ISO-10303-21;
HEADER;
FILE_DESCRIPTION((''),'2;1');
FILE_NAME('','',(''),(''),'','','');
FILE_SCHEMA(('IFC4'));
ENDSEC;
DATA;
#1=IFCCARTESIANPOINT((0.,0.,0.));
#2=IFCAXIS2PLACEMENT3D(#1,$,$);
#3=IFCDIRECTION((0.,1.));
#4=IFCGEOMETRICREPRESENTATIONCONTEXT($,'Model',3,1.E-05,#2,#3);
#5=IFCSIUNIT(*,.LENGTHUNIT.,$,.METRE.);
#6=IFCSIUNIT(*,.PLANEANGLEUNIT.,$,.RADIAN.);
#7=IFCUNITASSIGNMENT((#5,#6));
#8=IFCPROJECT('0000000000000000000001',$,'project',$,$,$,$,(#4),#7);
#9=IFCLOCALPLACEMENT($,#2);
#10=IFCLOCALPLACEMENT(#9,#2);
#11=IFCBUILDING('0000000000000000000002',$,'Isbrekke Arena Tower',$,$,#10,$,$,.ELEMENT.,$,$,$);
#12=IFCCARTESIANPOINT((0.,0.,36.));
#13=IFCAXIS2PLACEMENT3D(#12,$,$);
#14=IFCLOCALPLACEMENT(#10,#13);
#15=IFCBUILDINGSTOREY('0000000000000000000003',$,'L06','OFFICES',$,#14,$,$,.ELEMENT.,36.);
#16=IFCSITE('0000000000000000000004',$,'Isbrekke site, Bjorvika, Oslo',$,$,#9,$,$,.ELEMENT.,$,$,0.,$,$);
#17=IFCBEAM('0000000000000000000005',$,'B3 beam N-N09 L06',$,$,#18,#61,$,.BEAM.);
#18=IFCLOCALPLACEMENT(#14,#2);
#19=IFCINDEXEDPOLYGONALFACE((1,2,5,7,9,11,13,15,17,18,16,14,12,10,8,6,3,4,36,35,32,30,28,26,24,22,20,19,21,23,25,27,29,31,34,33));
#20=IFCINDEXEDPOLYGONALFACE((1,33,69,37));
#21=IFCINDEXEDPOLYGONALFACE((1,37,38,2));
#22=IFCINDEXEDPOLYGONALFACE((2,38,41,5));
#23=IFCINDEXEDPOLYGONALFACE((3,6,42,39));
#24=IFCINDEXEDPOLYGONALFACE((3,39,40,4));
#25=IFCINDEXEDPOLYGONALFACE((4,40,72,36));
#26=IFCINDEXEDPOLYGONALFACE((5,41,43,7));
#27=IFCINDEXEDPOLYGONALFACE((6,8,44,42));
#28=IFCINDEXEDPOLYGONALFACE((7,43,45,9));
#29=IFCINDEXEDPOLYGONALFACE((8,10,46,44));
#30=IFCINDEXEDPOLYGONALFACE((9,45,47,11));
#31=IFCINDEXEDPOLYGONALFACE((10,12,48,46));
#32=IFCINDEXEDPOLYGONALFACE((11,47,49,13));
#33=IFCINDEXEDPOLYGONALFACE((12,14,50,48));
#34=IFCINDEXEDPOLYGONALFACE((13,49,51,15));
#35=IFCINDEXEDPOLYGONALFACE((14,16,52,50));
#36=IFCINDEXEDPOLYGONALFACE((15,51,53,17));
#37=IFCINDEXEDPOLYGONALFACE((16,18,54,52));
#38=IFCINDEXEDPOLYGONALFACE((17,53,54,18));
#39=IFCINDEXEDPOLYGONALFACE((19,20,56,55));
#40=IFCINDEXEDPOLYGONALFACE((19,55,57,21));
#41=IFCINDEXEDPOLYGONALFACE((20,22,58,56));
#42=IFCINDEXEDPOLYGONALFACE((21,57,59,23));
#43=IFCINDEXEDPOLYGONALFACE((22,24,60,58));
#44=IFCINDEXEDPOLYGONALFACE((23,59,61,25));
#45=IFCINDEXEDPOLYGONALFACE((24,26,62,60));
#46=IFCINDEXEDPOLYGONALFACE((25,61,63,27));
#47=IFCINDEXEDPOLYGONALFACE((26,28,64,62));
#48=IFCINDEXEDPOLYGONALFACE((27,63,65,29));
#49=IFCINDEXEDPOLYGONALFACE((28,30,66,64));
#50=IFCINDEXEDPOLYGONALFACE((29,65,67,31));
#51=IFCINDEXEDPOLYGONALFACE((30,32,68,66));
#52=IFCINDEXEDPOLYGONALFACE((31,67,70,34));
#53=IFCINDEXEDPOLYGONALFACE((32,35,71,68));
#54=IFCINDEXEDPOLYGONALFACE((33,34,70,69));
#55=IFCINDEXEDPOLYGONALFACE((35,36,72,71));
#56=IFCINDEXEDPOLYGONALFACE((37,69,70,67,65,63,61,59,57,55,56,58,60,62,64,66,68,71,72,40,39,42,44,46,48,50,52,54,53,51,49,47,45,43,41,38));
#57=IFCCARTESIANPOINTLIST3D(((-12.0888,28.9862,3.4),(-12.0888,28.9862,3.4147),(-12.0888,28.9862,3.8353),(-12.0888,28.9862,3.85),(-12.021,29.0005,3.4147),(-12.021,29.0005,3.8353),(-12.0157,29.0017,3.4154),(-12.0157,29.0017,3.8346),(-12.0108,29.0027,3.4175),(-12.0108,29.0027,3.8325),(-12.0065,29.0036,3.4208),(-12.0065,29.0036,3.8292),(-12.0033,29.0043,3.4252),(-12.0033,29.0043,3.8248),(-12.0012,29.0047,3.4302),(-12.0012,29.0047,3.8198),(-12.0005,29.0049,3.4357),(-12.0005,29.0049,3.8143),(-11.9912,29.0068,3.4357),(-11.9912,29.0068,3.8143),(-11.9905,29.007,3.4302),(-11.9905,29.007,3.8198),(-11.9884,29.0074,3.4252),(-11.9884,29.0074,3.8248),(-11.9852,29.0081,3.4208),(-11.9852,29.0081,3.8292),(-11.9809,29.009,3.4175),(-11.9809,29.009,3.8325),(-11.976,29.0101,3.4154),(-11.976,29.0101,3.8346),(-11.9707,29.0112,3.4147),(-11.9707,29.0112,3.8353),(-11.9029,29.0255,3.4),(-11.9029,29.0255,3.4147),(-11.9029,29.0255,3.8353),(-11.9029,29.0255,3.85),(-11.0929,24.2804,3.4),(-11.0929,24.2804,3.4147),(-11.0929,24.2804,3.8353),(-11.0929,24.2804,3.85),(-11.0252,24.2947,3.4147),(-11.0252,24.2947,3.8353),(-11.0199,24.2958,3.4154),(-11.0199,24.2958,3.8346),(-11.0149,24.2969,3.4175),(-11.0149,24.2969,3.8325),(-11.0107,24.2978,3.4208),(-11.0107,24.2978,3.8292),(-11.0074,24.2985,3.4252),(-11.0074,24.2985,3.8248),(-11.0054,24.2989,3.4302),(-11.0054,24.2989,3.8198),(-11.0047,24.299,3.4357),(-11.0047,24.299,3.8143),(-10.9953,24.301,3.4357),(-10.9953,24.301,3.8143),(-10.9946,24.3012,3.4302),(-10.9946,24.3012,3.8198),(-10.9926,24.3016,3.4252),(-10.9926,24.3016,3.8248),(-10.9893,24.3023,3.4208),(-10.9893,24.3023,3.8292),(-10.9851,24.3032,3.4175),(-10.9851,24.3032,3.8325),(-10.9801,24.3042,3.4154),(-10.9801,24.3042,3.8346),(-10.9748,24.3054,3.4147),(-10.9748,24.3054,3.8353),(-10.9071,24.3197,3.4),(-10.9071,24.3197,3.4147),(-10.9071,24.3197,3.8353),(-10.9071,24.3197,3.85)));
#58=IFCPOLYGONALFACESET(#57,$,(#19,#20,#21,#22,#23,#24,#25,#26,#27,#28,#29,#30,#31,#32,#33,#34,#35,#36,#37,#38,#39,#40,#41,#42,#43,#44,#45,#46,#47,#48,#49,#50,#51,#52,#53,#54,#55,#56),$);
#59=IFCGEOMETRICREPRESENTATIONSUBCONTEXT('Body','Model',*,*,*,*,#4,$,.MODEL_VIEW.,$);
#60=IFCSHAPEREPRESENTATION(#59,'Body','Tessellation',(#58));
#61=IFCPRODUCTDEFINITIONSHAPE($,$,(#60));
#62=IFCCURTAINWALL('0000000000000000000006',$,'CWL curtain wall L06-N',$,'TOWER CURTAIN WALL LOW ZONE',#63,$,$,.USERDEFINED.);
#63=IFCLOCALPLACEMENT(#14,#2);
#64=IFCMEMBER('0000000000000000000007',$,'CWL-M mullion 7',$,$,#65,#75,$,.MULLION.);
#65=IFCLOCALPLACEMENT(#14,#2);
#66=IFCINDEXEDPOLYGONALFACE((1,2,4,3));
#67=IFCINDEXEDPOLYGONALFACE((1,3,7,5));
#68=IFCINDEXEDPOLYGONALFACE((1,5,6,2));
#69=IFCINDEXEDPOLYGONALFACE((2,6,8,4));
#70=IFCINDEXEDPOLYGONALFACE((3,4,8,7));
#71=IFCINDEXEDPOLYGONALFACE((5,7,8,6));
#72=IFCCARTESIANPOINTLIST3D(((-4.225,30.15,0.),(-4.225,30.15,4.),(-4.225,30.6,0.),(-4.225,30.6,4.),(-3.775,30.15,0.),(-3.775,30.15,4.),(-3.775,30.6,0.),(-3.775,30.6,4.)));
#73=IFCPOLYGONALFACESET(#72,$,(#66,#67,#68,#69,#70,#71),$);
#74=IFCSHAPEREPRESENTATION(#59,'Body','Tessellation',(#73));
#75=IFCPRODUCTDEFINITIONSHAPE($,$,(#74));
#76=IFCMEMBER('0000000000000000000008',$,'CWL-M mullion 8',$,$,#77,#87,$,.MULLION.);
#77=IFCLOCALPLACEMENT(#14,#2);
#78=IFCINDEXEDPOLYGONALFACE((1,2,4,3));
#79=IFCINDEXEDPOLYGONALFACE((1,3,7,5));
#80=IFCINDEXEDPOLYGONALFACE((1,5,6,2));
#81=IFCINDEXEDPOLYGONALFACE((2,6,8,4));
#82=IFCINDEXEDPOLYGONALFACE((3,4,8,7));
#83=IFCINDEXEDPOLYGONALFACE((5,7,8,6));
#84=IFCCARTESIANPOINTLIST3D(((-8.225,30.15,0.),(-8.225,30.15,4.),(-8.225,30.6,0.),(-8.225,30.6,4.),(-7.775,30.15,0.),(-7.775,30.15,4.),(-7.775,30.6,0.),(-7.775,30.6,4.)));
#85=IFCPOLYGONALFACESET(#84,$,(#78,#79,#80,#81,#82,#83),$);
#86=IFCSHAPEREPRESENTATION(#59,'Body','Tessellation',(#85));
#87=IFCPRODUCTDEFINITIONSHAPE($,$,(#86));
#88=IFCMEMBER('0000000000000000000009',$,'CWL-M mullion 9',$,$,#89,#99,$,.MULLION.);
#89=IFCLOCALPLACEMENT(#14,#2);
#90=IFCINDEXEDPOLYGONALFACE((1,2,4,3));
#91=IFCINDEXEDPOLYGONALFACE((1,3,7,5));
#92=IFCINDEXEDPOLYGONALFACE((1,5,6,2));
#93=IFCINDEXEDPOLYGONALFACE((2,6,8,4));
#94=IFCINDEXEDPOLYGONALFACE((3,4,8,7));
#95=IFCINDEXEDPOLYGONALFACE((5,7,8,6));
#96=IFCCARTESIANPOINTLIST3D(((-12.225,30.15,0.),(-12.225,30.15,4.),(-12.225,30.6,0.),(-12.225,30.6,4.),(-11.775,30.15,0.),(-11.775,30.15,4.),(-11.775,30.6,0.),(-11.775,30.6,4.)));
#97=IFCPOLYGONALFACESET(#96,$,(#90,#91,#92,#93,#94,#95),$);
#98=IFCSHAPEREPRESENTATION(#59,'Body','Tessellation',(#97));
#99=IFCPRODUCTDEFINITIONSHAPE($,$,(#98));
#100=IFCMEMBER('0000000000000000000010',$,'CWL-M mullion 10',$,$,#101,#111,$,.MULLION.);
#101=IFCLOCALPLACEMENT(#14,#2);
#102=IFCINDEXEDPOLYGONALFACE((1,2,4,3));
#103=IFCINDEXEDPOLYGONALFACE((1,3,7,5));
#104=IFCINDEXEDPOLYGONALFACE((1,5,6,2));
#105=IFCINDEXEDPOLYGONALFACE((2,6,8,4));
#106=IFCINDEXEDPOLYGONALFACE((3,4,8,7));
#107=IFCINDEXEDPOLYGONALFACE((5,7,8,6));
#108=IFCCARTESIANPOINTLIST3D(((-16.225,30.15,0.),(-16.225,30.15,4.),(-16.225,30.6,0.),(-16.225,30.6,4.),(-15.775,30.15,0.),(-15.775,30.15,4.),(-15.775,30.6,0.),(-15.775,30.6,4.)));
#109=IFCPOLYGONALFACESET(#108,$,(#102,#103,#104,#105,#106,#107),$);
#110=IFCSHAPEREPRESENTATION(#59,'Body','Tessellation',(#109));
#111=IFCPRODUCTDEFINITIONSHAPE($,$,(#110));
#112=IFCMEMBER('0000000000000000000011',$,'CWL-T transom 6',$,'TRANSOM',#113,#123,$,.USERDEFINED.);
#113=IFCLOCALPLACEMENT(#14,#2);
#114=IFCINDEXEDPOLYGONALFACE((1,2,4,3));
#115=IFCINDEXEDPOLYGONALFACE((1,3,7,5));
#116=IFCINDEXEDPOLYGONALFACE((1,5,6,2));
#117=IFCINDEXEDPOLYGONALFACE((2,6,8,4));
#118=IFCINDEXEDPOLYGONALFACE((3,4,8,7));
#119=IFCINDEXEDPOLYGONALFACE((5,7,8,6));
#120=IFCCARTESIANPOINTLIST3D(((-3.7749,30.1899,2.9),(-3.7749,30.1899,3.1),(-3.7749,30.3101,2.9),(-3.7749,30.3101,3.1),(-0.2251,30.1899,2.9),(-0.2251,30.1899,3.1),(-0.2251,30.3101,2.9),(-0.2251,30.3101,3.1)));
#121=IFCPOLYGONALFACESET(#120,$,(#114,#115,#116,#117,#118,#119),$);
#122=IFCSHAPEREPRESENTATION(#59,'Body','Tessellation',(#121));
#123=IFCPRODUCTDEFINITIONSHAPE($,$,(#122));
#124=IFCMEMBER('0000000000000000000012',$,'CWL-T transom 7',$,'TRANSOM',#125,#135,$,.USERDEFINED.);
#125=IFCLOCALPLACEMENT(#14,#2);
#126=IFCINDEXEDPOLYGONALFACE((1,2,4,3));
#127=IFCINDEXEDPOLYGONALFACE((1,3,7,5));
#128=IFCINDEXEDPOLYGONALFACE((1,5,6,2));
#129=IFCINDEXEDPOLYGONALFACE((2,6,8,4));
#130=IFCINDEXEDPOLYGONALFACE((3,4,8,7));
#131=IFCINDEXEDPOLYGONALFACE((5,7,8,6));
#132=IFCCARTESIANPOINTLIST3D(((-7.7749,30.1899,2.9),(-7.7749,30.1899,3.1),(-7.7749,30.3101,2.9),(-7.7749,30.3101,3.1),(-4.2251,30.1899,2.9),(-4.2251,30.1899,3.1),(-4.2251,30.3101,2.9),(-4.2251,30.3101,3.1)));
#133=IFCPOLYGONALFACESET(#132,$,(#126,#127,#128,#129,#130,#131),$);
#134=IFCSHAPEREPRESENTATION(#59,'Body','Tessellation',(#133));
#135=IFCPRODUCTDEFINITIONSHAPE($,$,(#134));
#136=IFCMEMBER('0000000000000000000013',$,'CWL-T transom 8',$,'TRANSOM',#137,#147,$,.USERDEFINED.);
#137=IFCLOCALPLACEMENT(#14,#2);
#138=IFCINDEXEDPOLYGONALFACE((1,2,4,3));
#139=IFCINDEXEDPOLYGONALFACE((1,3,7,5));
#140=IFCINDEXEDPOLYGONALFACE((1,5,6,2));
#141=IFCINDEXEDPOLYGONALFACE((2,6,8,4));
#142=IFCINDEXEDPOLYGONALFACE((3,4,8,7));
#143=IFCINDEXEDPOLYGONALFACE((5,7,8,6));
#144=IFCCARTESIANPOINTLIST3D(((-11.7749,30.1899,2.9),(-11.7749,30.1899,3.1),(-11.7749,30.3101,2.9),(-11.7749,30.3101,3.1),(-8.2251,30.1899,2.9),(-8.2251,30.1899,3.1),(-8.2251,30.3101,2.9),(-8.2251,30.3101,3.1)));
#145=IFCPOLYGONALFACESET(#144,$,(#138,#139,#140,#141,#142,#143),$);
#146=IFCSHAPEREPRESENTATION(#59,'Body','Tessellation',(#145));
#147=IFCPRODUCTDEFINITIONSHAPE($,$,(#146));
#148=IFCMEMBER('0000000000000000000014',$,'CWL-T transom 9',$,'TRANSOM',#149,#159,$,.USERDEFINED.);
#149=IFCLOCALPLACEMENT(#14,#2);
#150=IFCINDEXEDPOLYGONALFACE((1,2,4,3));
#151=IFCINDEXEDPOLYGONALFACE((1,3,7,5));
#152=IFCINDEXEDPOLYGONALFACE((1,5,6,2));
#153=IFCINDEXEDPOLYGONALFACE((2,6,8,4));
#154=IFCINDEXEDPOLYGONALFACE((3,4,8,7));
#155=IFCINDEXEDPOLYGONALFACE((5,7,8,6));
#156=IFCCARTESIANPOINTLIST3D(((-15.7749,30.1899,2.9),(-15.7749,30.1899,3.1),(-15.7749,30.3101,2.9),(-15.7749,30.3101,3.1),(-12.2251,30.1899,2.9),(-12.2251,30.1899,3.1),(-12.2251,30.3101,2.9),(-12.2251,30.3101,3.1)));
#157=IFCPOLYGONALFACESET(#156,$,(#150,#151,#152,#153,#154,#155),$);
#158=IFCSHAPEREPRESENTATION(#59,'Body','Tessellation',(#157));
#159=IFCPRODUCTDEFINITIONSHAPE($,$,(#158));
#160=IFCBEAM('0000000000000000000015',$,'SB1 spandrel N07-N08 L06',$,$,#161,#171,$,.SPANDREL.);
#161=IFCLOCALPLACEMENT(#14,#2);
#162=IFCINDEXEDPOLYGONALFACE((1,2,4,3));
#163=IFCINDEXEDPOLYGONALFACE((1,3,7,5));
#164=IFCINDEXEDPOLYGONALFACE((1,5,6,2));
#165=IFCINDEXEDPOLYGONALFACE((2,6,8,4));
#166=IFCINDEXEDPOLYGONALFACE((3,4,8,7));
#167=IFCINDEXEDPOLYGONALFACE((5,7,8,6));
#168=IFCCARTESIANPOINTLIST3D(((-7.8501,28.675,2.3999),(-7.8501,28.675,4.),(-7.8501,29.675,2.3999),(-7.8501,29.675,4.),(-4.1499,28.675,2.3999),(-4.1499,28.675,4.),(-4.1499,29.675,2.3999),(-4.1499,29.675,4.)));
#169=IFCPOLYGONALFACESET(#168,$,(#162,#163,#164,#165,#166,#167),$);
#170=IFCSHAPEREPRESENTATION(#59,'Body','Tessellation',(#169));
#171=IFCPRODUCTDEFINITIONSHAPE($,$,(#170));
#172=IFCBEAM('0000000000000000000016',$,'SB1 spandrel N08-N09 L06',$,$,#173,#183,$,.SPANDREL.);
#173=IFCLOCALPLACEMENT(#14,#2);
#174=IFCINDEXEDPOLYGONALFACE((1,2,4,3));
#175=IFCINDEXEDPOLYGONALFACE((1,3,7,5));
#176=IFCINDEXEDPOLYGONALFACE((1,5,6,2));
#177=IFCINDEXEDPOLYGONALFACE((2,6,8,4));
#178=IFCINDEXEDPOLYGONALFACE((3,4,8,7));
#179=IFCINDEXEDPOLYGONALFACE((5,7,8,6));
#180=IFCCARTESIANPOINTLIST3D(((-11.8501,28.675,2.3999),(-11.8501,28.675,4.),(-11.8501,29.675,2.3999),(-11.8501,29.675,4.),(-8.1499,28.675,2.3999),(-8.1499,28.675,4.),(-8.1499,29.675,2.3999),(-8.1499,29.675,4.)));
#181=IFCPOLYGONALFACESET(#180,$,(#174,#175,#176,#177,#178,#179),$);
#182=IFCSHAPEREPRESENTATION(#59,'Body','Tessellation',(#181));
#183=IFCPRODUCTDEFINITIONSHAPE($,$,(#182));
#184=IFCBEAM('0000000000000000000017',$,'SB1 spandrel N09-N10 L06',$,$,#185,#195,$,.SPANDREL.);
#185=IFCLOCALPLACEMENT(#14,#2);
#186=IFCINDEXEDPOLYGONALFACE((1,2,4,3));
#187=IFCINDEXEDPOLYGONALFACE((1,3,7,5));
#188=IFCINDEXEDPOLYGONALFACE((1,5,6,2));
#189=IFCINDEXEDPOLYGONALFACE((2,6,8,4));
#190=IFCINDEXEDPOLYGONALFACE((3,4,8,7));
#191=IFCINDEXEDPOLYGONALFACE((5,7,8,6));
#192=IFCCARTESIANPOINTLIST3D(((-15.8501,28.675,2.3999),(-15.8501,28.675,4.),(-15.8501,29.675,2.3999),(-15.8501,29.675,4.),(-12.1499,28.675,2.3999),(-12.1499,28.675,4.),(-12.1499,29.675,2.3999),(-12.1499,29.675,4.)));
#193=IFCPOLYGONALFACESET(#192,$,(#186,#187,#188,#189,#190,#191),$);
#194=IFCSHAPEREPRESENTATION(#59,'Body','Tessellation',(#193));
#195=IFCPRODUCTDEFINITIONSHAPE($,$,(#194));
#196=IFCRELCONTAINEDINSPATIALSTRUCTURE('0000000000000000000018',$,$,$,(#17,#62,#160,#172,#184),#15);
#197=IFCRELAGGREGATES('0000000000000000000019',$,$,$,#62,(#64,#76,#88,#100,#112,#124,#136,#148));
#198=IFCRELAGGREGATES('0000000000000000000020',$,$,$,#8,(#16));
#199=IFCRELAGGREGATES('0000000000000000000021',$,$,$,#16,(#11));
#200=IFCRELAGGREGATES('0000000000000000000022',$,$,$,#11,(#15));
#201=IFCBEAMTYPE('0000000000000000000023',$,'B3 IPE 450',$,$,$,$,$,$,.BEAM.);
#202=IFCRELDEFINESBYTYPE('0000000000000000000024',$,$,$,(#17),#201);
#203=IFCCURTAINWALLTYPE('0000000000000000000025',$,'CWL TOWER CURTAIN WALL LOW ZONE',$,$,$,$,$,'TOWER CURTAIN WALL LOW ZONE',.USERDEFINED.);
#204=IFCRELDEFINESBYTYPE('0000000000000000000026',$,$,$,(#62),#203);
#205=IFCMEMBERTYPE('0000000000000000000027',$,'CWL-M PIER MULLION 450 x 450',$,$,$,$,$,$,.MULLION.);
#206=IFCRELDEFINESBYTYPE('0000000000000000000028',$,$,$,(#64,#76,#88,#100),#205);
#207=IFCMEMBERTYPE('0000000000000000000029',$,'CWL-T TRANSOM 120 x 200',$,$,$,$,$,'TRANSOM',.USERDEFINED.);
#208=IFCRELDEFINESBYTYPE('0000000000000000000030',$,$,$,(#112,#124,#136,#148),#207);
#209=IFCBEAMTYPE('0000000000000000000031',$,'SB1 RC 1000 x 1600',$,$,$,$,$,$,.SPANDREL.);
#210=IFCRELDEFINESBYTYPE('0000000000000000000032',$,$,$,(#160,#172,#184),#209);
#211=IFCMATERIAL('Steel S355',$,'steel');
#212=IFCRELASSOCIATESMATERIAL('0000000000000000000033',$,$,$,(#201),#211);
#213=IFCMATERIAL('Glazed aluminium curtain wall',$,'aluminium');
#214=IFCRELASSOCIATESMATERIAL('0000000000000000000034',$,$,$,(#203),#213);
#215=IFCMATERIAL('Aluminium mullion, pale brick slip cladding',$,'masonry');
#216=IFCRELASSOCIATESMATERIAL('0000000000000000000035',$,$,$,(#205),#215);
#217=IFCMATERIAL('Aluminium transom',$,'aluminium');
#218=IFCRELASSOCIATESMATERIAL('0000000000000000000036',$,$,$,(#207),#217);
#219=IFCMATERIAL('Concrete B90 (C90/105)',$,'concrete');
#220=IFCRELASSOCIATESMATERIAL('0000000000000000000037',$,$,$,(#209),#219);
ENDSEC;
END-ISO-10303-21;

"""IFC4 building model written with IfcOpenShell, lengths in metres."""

from ifc_helpers import new_model, si_unit, direction, frame, origin, origin_2d, place, context, subcontext, project, spatial, rectangle, i_section, extrude, material, material_profile, profile_set, type_object, element, aggregate, save


model = new_model("IFC4")

# Units and contexts
model_context = context("Model", 3, precision=1e-05, world=origin(), true_north=direction((0.0, 1.0)))
body_context = subcontext(model_context, "Body", "Model", "MODEL_VIEW")
ifc_project = project(units=[si_unit("LENGTHUNIT", "METRE"), si_unit("PLANEANGLEUNIT", "RADIAN")], contexts=[model_context])

# Site, building, storey
site_placement = place(None, origin())
site = spatial("IfcSite", under=ifc_project, at=site_placement, Name="Isbrekke site, Bjorvika, Oslo", CompositionType="ELEMENT", RefElevation=0.0)
building_placement = place(site_placement, origin())
building = spatial("IfcBuilding", under=site, at=building_placement, Name="Isbrekke Arena Tower", CompositionType="ELEMENT")
storey_placement = place(building_placement, frame((0.0, 0.0, 36.0)))
storey = spatial("IfcBuildingStorey", under=building, at=storey_placement, Name="L06", Description="OFFICES", CompositionType="ELEMENT", Elevation=36.0)

# Beam
ifc_material_1 = material(Name="Steel S355", Category="steel")
ifc_material_profile_1 = material_profile(ifc_material_1, i_section(OverallWidth=0.1899, OverallDepth=0.45, WebThickness=0.0095, FlangeThickness=0.0146, FilletRadius=0.021, at=origin_2d()), Name="IPE 450")
ifc_profile_set_1 = profile_set([ifc_material_profile_1], Name="Steel S355")
beam_type_1 = type_object("IfcBeamType", Name="B3 IPE 450", PredefinedType="BEAM", material=ifc_profile_set_1)
beam_1_placement = place(storey_placement, frame((-11.9958, 29.0059, 3.625), z_axis=(0.207036, -0.978333, 0.0), x_axis=(0.978333, 0.207036, 0.0)))
element("IfcBeam", 1, at=beam_1_placement, inside=storey, type_object=beam_type_1, Name="B3 beam N-N09 L06", PredefinedType="BEAM", context=body_context, shape_type="SweptSolid", body=[
    extrude(i_section(OverallWidth=0.1899, OverallDepth=0.45, WebThickness=0.0095, FlangeThickness=0.0146, FilletRadius=0.021, at=origin_2d()), origin(), (0.0, 0.0, 1.0), 4.8101),
])

# Curtain wall, members
ifc_material_2 = material(Name="Glazed aluminium curtain wall", Category="aluminium")
curtain_wall_type = type_object("IfcCurtainWallType", Name="CWL TOWER CURTAIN WALL LOW ZONE", ElementType="TOWER CURTAIN WALL LOW ZONE", PredefinedType="USERDEFINED", material=ifc_material_2)
curtain_wall_placement = place(storey_placement, origin())
curtain_wall = element("IfcCurtainWall", 2, at=curtain_wall_placement, inside=storey, type_object=curtain_wall_type, Name="CWL curtain wall L06-N", ObjectType="TOWER CURTAIN WALL LOW ZONE", PredefinedType="USERDEFINED")
ifc_material_3 = material(Name="Aluminium mullion, pale brick slip cladding", Category="masonry")
ifc_material_profile_2 = material_profile(ifc_material_3, rectangle(XDim=0.45, YDim=0.45, at=origin_2d()), Name="PIER 450X450")
ifc_profile_set_2 = profile_set([ifc_material_profile_2], Name="Aluminium mullion, pale brick slip cladding")
member_type_1 = type_object("IfcMemberType", Name="CWL-M PIER MULLION 450 x 450", PredefinedType="MULLION", material=ifc_profile_set_2)
member_1_placement = place(storey_placement, frame((-4.0, 30.375, 0.0), z_axis=(0.0, 0.0, 1.0), x_axis=(-1.0, 0.0, 0.0)))
member_1 = element("IfcMember", 3, at=member_1_placement, type_object=member_type_1, Name="CWL-M mullion 7", PredefinedType="MULLION", context=body_context, shape_type="SweptSolid", body=[
    extrude(rectangle(XDim=0.45, YDim=0.45, at=origin_2d()), origin(), (0.0, 0.0, 1.0), 4.0),
])
member_2_placement = place(storey_placement, frame((-8.0, 30.375, 0.0), z_axis=(0.0, 0.0, 1.0), x_axis=(-1.0, 0.0, 0.0)))
member_2 = element("IfcMember", 4, at=member_2_placement, type_object=member_type_1, Name="CWL-M mullion 8", PredefinedType="MULLION", context=body_context, shape_type="SweptSolid", body=[
    extrude(rectangle(XDim=0.45, YDim=0.45, at=origin_2d()), origin(), (0.0, 0.0, 1.0), 4.0),
])
member_3_placement = place(storey_placement, frame((-12.0, 30.375, 0.0), z_axis=(0.0, 0.0, 1.0), x_axis=(-1.0, 0.0, 0.0)))
member_3 = element("IfcMember", 5, at=member_3_placement, type_object=member_type_1, Name="CWL-M mullion 9", PredefinedType="MULLION", context=body_context, shape_type="SweptSolid", body=[
    extrude(rectangle(XDim=0.45, YDim=0.45, at=origin_2d()), origin(), (0.0, 0.0, 1.0), 4.0),
])
member_4_placement = place(storey_placement, frame((-16.0, 30.375, 0.0), z_axis=(0.0, 0.0, 1.0), x_axis=(-1.0, 0.0, 0.0)))
member_4 = element("IfcMember", 6, at=member_4_placement, type_object=member_type_1, Name="CWL-M mullion 10", PredefinedType="MULLION", context=body_context, shape_type="SweptSolid", body=[
    extrude(rectangle(XDim=0.45, YDim=0.45, at=origin_2d()), origin(), (0.0, 0.0, 1.0), 4.0),
])
ifc_material_4 = material(Name="Aluminium transom", Category="aluminium")
ifc_material_profile_3 = material_profile(ifc_material_4, rectangle(XDim=0.1201, YDim=0.2, at=origin_2d()), Name="TRANSOM 120X200")
ifc_profile_set_3 = profile_set([ifc_material_profile_3], Name="Aluminium transom")
member_type_2 = type_object("IfcMemberType", Name="CWL-T TRANSOM 120 x 200", ElementType="TRANSOM", PredefinedType="USERDEFINED", material=ifc_profile_set_3)
member_5_placement = place(storey_placement, frame((-0.2251, 30.25, 3.0), z_axis=(-1.0, 0.0, 0.0), x_axis=(0.0, -1.0, 0.0)))
member_5 = element("IfcMember", 7, at=member_5_placement, type_object=member_type_2, Name="CWL-T transom 6", ObjectType="TRANSOM", PredefinedType="USERDEFINED", context=body_context, shape_type="SweptSolid", body=[
    extrude(rectangle(XDim=0.1201, YDim=0.2, at=origin_2d()), origin(), (0.0, 0.0, 1.0), 3.5498),
])
member_6_placement = place(storey_placement, frame((-4.2251, 30.25, 3.0), z_axis=(-1.0, 0.0, 0.0), x_axis=(0.0, -1.0, 0.0)))
member_6 = element("IfcMember", 8, at=member_6_placement, type_object=member_type_2, Name="CWL-T transom 7", ObjectType="TRANSOM", PredefinedType="USERDEFINED", context=body_context, shape_type="SweptSolid", body=[
    extrude(rectangle(XDim=0.1201, YDim=0.2, at=origin_2d()), origin(), (0.0, 0.0, 1.0), 3.5498),
])
member_7_placement = place(storey_placement, frame((-8.2251, 30.25, 3.0), z_axis=(-1.0, 0.0, 0.0), x_axis=(0.0, -1.0, 0.0)))
member_7 = element("IfcMember", 9, at=member_7_placement, type_object=member_type_2, Name="CWL-T transom 8", ObjectType="TRANSOM", PredefinedType="USERDEFINED", context=body_context, shape_type="SweptSolid", body=[
    extrude(rectangle(XDim=0.1201, YDim=0.2, at=origin_2d()), origin(), (0.0, 0.0, 1.0), 3.5498),
])
member_8_placement = place(storey_placement, frame((-12.2251, 30.25, 3.0), z_axis=(-1.0, 0.0, 0.0), x_axis=(0.0, -1.0, 0.0)))
member_8 = element("IfcMember", 10, at=member_8_placement, type_object=member_type_2, Name="CWL-T transom 9", ObjectType="TRANSOM", PredefinedType="USERDEFINED", context=body_context, shape_type="SweptSolid", body=[
    extrude(rectangle(XDim=0.1201, YDim=0.2, at=origin_2d()), origin(), (0.0, 0.0, 1.0), 3.5498),
])

# Beams
ifc_material_5 = material(Name="Concrete B90 (C90/105)", Category="concrete")
ifc_material_profile_4 = material_profile(ifc_material_5, rectangle(XDim=1.0, YDim=1.6001, at=origin_2d()), Name="RC 1000x1600")
ifc_profile_set_4 = profile_set([ifc_material_profile_4], Name="Concrete B90 (C90/105)")
beam_type_2 = type_object("IfcBeamType", Name="SB1 RC 1000 x 1600", PredefinedType="SPANDREL", material=ifc_profile_set_4)
for number, where, z_axis, x_axis, name in (
    (11, (-4.1499, 29.175, 3.2), (-1.0, 0.0, 0.0), (0.0, -1.0, 0.0), "SB1 spandrel N07-N08 L06"),
    (12, (-8.1499, 29.175, 3.2), (-1.0, 0.0, 0.0), (0.0, -1.0, 0.0), "SB1 spandrel N08-N09 L06"),
    (13, (-12.1499, 29.175, 3.2), (-1.0, 0.0, 0.0), (0.0, -1.0, 0.0), "SB1 spandrel N09-N10 L06"),
):
    element("IfcBeam", number, at=place(storey_placement, frame(where, z_axis=z_axis, x_axis=x_axis)), inside=storey, type_object=beam_type_2, Name=name, PredefinedType="SPANDREL", context=body_context, shape_type="SweptSolid", body=[
        extrude(rectangle(XDim=1.0, YDim=1.6001, at=origin_2d()), origin(), (0.0, 0.0, 1.0), 3.7002),
    ])

aggregate(curtain_wall, [member_1, member_2, member_3, member_4, member_5, member_6, member_7, member_8])

save(model, "model.ifc")
